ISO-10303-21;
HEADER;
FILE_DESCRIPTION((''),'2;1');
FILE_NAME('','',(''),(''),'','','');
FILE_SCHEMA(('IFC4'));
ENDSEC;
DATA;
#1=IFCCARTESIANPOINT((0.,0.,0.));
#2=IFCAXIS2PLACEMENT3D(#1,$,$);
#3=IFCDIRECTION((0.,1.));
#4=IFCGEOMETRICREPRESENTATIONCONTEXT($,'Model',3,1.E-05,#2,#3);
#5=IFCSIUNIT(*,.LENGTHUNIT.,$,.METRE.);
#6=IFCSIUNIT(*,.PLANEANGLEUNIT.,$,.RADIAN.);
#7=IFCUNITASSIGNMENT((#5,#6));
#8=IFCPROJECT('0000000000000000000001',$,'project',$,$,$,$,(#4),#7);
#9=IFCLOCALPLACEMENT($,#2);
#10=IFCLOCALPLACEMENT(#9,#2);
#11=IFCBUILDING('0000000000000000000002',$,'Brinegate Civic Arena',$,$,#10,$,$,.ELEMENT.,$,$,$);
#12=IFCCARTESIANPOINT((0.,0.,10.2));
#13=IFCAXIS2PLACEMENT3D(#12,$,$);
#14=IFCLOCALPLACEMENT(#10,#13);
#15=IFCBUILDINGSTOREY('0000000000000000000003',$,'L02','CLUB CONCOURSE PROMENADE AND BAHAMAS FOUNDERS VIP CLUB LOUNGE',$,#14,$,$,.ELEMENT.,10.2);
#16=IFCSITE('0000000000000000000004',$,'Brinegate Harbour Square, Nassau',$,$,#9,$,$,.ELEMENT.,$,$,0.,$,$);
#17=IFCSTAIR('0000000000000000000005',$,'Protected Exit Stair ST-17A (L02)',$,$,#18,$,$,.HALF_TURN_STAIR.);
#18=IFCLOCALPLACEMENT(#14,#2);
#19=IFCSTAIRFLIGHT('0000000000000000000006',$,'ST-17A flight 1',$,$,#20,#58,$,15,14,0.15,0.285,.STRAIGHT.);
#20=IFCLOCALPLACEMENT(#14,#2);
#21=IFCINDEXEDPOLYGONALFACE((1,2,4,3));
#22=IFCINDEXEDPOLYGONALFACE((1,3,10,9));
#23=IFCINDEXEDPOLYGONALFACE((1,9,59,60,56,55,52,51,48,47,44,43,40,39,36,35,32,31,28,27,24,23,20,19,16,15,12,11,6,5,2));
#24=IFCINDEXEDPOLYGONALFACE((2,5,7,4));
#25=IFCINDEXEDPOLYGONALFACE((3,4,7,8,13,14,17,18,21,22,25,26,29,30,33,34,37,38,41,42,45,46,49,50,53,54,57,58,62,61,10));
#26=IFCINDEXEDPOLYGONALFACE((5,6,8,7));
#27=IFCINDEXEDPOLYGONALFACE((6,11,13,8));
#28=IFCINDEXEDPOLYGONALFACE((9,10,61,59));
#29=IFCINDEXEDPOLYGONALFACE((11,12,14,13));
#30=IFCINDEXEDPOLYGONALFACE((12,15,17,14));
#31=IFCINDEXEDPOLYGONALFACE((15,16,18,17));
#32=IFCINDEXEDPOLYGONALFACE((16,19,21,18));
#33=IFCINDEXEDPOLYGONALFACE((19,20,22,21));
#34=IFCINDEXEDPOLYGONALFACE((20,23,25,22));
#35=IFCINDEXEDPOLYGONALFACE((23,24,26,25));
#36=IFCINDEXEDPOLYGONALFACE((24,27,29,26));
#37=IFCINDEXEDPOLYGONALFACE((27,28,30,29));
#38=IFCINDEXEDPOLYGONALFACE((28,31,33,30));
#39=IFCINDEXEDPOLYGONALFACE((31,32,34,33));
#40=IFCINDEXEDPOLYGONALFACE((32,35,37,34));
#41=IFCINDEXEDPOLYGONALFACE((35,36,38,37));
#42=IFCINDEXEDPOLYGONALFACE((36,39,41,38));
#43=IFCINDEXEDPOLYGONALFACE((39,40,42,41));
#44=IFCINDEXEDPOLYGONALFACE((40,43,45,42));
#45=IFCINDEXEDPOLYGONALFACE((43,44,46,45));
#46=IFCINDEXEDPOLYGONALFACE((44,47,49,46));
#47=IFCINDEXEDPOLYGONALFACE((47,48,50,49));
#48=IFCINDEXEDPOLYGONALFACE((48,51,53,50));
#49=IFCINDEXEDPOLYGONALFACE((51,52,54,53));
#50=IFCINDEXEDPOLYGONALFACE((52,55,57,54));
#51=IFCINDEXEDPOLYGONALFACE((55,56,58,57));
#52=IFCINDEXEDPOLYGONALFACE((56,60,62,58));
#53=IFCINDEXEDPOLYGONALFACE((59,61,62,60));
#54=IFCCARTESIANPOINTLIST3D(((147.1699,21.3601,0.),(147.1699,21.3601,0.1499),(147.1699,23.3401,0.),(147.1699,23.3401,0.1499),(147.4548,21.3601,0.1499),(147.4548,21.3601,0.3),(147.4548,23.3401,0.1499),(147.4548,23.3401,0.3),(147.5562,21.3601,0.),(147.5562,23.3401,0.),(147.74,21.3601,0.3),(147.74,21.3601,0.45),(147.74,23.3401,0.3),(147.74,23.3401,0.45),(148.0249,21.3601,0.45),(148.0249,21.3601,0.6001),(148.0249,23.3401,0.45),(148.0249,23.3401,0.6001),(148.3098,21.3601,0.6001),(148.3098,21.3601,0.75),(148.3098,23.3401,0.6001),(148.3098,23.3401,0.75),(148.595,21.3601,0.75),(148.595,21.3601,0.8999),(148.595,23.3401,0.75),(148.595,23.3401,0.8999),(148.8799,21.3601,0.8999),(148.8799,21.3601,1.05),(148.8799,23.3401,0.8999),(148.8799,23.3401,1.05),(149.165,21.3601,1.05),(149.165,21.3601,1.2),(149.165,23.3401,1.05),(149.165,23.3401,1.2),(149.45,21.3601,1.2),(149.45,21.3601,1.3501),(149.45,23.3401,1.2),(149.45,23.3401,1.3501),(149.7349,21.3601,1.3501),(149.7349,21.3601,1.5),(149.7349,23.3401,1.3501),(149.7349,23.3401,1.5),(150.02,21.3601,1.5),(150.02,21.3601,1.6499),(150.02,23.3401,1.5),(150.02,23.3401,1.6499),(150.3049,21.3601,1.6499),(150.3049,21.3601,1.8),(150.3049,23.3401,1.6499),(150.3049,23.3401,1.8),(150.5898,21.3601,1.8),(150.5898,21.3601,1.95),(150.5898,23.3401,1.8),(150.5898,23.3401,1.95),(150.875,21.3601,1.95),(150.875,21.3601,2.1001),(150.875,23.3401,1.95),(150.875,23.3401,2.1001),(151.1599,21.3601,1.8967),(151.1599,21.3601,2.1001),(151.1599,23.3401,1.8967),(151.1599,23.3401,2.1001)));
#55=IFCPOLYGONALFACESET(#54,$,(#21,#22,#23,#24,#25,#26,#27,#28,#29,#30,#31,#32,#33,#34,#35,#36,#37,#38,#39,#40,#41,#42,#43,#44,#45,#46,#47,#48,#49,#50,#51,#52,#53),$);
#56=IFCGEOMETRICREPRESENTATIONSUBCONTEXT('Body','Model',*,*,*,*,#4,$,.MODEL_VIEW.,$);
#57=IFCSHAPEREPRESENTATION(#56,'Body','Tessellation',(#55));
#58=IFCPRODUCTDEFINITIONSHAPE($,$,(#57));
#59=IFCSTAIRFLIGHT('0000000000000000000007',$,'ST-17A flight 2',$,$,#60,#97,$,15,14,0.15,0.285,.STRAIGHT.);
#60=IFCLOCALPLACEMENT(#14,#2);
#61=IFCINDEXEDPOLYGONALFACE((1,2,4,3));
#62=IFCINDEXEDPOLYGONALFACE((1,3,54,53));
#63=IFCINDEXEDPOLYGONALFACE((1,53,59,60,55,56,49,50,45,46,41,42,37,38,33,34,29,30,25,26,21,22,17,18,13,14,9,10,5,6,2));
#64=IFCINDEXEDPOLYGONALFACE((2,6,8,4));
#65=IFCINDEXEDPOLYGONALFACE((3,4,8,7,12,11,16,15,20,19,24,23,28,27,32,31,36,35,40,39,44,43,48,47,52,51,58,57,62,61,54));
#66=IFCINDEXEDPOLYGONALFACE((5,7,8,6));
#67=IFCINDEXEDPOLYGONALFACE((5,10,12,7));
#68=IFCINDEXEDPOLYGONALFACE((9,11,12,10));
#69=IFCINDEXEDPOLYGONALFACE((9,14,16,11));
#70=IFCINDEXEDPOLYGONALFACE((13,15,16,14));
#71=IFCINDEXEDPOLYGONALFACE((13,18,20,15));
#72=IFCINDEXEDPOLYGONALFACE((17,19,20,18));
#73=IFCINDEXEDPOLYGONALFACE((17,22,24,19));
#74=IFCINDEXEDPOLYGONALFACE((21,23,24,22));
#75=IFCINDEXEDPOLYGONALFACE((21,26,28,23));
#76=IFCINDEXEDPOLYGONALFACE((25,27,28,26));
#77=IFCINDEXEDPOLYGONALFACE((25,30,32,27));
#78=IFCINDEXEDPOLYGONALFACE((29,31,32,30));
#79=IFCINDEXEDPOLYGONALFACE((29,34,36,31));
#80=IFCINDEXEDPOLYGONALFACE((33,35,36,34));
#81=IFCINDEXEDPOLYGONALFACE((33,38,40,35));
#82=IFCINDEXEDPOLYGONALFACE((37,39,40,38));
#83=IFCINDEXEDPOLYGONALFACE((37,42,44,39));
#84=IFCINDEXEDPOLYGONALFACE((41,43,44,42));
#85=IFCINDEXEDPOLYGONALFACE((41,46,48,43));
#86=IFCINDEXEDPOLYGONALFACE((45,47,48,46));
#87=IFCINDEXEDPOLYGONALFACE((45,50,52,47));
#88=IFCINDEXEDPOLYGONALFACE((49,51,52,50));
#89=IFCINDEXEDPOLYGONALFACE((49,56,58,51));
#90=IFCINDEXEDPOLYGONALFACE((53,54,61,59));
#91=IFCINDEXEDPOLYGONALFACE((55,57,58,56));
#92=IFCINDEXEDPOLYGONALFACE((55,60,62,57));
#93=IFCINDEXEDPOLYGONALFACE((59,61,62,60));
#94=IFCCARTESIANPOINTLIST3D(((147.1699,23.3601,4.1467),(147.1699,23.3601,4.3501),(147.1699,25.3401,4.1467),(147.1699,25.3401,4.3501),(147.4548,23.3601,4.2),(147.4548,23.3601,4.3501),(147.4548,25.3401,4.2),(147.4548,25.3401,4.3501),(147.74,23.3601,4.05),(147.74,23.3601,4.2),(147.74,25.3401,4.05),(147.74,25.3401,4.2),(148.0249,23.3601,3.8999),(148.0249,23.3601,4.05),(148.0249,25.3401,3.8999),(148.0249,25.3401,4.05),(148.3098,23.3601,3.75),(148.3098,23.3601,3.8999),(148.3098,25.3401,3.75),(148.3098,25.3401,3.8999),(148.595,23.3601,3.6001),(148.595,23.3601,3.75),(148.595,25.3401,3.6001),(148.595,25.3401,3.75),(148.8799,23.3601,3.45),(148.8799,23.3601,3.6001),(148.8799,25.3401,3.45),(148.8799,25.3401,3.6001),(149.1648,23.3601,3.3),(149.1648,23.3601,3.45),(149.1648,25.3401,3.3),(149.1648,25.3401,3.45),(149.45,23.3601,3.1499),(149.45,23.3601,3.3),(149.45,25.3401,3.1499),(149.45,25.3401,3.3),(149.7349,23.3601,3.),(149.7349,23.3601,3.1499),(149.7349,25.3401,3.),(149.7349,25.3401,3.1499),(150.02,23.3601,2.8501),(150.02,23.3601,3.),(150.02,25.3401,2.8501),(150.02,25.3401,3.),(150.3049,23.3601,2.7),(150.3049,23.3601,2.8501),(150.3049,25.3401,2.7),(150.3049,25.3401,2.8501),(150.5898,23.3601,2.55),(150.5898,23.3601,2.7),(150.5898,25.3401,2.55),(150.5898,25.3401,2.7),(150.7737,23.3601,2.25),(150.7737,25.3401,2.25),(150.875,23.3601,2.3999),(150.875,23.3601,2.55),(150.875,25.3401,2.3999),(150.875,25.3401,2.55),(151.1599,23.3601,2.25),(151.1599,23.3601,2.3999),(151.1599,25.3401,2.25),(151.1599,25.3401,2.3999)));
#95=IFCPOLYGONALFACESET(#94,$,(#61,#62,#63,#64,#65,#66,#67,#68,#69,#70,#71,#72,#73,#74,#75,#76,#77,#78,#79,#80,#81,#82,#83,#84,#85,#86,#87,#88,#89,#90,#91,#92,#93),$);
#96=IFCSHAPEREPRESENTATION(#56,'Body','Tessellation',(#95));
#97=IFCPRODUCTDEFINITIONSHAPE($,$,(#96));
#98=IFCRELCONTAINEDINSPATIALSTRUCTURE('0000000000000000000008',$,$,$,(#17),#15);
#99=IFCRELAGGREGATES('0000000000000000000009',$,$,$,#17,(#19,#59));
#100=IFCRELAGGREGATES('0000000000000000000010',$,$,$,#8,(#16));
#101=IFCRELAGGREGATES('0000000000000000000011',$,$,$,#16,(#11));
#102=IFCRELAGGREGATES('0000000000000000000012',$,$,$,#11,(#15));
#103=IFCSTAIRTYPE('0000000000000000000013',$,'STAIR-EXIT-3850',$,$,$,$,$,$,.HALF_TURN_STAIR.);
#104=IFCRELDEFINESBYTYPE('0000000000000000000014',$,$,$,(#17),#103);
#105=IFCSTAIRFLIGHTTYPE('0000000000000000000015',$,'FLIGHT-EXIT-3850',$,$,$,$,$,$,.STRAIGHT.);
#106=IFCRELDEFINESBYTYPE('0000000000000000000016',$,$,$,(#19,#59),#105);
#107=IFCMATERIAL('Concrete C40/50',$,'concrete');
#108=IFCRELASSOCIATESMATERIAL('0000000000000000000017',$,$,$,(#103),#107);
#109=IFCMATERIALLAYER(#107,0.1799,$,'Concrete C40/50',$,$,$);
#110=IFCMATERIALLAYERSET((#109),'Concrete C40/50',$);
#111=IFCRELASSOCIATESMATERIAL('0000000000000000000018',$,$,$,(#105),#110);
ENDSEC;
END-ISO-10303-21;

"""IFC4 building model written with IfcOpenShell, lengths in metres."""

from ifc_helpers import new_model, si_unit, direction, frame, origin, place, context, subcontext, project, spatial, polyline, outline, extrude, material, layer, layer_set, type_object, element, aggregate, save


model = new_model("IFC4")

# Units and contexts
model_context = context("Model", 3, precision=1e-05, world=origin(), true_north=direction((0.0, 1.0)))
body_context = subcontext(model_context, "Body", "Model", "MODEL_VIEW")
ifc_project = project(units=[si_unit("LENGTHUNIT", "METRE"), si_unit("PLANEANGLEUNIT", "RADIAN")], contexts=[model_context])

# Site, building, storey
site_placement = place(None, origin())
site = spatial("IfcSite", under=ifc_project, at=site_placement, Name="Brinegate Harbour Square, Nassau", CompositionType="ELEMENT", RefElevation=0.0)
building_placement = place(site_placement, origin())
building = spatial("IfcBuilding", under=site, at=building_placement, Name="Brinegate Civic Arena", CompositionType="ELEMENT")
storey_placement = place(building_placement, frame((0.0, 0.0, 10.2)))
storey = spatial("IfcBuildingStorey", under=building, at=storey_placement, Name="L02", Description="CLUB CONCOURSE PROMENADE AND BAHAMAS FOUNDERS VIP CLUB LOUNGE", CompositionType="ELEMENT", Elevation=10.2)

# Stair, stair flights
ifc_material_1 = material(Name="Concrete C40/50", Category="concrete")
stair_type_1 = type_object("IfcStairType", Name="STAIR-EXIT-3850", PredefinedType="HALF_TURN_STAIR", material=ifc_material_1)
stair_1_placement = place(storey_placement, origin())
stair_1 = element("IfcStair", 1, at=stair_1_placement, inside=storey, type_object=stair_type_1, Name="Protected Exit Stair ST-17A (L02)", PredefinedType="HALF_TURN_STAIR")
ifc_layer_1 = layer(ifc_material_1, 0.1799, Name="Concrete C40/50")
ifc_layer_set_1 = layer_set([ifc_layer_1], Name="Concrete C40/50")
stair_flight_type_1 = type_object("IfcStairFlightType", Name="FLIGHT-EXIT-3850", PredefinedType="STRAIGHT", material=ifc_layer_set_1)
stair_flight_1_placement = place(storey_placement, frame((147.1699, 22.3501, 0.0), z_axis=(0.0, 0.0, 1.0), x_axis=(1.0, 0.0, 0.0)))
stair_flight_1 = element("IfcStairFlight", 2, at=stair_flight_1_placement, type_object=stair_flight_type_1, Name="ST-17A flight 1", NumberOfRisers=15, NumberOfTreads=14, PredefinedType="STRAIGHT", RiserHeight=0.15, TreadLength=0.285, context=body_context, shape_type="SweptSolid", body=[
    extrude(outline(polyline([(0.0, 0.0), (0.0, 0.1499), (0.2849, 0.1499), (0.2849, 0.3), (0.5701, 0.3), (0.5701, 0.45), (0.855, 0.45), (0.855, 0.6001), (1.1399, 0.6001), (1.1399, 0.75), (1.425, 0.75), (1.425, 0.8999), (1.71, 0.8999), (1.71, 1.05), (1.9951, 1.05), (1.9951, 1.2), (2.28, 1.2), (2.28, 1.3501), (2.5649, 1.3501), (2.5649, 1.5), (2.8501, 1.5), (2.8501, 1.6499), (3.135, 1.6499), (3.135, 1.8), (3.4199, 1.8), (3.4199, 1.95), (3.7051, 1.95), (3.7051, 2.1001), (3.99, 2.1001), (3.99, 2.25), (3.99, 1.8967), (0.3862, 0.0), (0.0, 0.0)])), frame((0.0, 0.99, 0.0), z_axis=(0.0, -1.0, 0.0), x_axis=(1.0, 0.0, 0.0)), (0.0, 0.0, 1.0), 1.98),
])
stair_flight_2_placement = place(storey_placement, frame((151.1599, 24.3501, 2.25), z_axis=(0.0, 0.0, 1.0), x_axis=(-1.0, 0.0, 0.0)))
stair_flight_2 = element("IfcStairFlight", 3, at=stair_flight_2_placement, type_object=stair_flight_type_1, Name="ST-17A flight 2", NumberOfRisers=15, NumberOfTreads=14, PredefinedType="STRAIGHT", RiserHeight=0.15, TreadLength=0.285, context=body_context, shape_type="SweptSolid", body=[
    extrude(outline(polyline([(0.0, 0.0), (0.0, 0.1499), (0.2849, 0.1499), (0.2849, 0.3), (0.5701, 0.3), (0.5701, 0.45), (0.855, 0.45), (0.855, 0.6001), (1.1399, 0.6001), (1.1399, 0.75), (1.425, 0.75), (1.425, 0.8999), (1.71, 0.8999), (1.71, 1.05), (1.9951, 1.05), (1.9951, 1.2), (2.28, 1.2), (2.28, 1.3501), (2.5649, 1.3501), (2.5649, 1.5), (2.8501, 1.5), (2.8501, 1.6499), (3.135, 1.6499), (3.135, 1.8), (3.4199, 1.8), (3.4199, 1.95), (3.7051, 1.95), (3.7051, 2.1001), (3.99, 2.1001), (3.99, 2.25), (3.99, 1.8967), (0.3862, 0.0), (0.0, 0.0)])), frame((0.0, 0.99, 0.0), z_axis=(0.0, -1.0, 0.0), x_axis=(1.0, 0.0, 0.0)), (0.0, 0.0, 1.0), 1.98),
])
aggregate(stair_1, [stair_flight_1, stair_flight_2])

save(model, "model.ifc")
